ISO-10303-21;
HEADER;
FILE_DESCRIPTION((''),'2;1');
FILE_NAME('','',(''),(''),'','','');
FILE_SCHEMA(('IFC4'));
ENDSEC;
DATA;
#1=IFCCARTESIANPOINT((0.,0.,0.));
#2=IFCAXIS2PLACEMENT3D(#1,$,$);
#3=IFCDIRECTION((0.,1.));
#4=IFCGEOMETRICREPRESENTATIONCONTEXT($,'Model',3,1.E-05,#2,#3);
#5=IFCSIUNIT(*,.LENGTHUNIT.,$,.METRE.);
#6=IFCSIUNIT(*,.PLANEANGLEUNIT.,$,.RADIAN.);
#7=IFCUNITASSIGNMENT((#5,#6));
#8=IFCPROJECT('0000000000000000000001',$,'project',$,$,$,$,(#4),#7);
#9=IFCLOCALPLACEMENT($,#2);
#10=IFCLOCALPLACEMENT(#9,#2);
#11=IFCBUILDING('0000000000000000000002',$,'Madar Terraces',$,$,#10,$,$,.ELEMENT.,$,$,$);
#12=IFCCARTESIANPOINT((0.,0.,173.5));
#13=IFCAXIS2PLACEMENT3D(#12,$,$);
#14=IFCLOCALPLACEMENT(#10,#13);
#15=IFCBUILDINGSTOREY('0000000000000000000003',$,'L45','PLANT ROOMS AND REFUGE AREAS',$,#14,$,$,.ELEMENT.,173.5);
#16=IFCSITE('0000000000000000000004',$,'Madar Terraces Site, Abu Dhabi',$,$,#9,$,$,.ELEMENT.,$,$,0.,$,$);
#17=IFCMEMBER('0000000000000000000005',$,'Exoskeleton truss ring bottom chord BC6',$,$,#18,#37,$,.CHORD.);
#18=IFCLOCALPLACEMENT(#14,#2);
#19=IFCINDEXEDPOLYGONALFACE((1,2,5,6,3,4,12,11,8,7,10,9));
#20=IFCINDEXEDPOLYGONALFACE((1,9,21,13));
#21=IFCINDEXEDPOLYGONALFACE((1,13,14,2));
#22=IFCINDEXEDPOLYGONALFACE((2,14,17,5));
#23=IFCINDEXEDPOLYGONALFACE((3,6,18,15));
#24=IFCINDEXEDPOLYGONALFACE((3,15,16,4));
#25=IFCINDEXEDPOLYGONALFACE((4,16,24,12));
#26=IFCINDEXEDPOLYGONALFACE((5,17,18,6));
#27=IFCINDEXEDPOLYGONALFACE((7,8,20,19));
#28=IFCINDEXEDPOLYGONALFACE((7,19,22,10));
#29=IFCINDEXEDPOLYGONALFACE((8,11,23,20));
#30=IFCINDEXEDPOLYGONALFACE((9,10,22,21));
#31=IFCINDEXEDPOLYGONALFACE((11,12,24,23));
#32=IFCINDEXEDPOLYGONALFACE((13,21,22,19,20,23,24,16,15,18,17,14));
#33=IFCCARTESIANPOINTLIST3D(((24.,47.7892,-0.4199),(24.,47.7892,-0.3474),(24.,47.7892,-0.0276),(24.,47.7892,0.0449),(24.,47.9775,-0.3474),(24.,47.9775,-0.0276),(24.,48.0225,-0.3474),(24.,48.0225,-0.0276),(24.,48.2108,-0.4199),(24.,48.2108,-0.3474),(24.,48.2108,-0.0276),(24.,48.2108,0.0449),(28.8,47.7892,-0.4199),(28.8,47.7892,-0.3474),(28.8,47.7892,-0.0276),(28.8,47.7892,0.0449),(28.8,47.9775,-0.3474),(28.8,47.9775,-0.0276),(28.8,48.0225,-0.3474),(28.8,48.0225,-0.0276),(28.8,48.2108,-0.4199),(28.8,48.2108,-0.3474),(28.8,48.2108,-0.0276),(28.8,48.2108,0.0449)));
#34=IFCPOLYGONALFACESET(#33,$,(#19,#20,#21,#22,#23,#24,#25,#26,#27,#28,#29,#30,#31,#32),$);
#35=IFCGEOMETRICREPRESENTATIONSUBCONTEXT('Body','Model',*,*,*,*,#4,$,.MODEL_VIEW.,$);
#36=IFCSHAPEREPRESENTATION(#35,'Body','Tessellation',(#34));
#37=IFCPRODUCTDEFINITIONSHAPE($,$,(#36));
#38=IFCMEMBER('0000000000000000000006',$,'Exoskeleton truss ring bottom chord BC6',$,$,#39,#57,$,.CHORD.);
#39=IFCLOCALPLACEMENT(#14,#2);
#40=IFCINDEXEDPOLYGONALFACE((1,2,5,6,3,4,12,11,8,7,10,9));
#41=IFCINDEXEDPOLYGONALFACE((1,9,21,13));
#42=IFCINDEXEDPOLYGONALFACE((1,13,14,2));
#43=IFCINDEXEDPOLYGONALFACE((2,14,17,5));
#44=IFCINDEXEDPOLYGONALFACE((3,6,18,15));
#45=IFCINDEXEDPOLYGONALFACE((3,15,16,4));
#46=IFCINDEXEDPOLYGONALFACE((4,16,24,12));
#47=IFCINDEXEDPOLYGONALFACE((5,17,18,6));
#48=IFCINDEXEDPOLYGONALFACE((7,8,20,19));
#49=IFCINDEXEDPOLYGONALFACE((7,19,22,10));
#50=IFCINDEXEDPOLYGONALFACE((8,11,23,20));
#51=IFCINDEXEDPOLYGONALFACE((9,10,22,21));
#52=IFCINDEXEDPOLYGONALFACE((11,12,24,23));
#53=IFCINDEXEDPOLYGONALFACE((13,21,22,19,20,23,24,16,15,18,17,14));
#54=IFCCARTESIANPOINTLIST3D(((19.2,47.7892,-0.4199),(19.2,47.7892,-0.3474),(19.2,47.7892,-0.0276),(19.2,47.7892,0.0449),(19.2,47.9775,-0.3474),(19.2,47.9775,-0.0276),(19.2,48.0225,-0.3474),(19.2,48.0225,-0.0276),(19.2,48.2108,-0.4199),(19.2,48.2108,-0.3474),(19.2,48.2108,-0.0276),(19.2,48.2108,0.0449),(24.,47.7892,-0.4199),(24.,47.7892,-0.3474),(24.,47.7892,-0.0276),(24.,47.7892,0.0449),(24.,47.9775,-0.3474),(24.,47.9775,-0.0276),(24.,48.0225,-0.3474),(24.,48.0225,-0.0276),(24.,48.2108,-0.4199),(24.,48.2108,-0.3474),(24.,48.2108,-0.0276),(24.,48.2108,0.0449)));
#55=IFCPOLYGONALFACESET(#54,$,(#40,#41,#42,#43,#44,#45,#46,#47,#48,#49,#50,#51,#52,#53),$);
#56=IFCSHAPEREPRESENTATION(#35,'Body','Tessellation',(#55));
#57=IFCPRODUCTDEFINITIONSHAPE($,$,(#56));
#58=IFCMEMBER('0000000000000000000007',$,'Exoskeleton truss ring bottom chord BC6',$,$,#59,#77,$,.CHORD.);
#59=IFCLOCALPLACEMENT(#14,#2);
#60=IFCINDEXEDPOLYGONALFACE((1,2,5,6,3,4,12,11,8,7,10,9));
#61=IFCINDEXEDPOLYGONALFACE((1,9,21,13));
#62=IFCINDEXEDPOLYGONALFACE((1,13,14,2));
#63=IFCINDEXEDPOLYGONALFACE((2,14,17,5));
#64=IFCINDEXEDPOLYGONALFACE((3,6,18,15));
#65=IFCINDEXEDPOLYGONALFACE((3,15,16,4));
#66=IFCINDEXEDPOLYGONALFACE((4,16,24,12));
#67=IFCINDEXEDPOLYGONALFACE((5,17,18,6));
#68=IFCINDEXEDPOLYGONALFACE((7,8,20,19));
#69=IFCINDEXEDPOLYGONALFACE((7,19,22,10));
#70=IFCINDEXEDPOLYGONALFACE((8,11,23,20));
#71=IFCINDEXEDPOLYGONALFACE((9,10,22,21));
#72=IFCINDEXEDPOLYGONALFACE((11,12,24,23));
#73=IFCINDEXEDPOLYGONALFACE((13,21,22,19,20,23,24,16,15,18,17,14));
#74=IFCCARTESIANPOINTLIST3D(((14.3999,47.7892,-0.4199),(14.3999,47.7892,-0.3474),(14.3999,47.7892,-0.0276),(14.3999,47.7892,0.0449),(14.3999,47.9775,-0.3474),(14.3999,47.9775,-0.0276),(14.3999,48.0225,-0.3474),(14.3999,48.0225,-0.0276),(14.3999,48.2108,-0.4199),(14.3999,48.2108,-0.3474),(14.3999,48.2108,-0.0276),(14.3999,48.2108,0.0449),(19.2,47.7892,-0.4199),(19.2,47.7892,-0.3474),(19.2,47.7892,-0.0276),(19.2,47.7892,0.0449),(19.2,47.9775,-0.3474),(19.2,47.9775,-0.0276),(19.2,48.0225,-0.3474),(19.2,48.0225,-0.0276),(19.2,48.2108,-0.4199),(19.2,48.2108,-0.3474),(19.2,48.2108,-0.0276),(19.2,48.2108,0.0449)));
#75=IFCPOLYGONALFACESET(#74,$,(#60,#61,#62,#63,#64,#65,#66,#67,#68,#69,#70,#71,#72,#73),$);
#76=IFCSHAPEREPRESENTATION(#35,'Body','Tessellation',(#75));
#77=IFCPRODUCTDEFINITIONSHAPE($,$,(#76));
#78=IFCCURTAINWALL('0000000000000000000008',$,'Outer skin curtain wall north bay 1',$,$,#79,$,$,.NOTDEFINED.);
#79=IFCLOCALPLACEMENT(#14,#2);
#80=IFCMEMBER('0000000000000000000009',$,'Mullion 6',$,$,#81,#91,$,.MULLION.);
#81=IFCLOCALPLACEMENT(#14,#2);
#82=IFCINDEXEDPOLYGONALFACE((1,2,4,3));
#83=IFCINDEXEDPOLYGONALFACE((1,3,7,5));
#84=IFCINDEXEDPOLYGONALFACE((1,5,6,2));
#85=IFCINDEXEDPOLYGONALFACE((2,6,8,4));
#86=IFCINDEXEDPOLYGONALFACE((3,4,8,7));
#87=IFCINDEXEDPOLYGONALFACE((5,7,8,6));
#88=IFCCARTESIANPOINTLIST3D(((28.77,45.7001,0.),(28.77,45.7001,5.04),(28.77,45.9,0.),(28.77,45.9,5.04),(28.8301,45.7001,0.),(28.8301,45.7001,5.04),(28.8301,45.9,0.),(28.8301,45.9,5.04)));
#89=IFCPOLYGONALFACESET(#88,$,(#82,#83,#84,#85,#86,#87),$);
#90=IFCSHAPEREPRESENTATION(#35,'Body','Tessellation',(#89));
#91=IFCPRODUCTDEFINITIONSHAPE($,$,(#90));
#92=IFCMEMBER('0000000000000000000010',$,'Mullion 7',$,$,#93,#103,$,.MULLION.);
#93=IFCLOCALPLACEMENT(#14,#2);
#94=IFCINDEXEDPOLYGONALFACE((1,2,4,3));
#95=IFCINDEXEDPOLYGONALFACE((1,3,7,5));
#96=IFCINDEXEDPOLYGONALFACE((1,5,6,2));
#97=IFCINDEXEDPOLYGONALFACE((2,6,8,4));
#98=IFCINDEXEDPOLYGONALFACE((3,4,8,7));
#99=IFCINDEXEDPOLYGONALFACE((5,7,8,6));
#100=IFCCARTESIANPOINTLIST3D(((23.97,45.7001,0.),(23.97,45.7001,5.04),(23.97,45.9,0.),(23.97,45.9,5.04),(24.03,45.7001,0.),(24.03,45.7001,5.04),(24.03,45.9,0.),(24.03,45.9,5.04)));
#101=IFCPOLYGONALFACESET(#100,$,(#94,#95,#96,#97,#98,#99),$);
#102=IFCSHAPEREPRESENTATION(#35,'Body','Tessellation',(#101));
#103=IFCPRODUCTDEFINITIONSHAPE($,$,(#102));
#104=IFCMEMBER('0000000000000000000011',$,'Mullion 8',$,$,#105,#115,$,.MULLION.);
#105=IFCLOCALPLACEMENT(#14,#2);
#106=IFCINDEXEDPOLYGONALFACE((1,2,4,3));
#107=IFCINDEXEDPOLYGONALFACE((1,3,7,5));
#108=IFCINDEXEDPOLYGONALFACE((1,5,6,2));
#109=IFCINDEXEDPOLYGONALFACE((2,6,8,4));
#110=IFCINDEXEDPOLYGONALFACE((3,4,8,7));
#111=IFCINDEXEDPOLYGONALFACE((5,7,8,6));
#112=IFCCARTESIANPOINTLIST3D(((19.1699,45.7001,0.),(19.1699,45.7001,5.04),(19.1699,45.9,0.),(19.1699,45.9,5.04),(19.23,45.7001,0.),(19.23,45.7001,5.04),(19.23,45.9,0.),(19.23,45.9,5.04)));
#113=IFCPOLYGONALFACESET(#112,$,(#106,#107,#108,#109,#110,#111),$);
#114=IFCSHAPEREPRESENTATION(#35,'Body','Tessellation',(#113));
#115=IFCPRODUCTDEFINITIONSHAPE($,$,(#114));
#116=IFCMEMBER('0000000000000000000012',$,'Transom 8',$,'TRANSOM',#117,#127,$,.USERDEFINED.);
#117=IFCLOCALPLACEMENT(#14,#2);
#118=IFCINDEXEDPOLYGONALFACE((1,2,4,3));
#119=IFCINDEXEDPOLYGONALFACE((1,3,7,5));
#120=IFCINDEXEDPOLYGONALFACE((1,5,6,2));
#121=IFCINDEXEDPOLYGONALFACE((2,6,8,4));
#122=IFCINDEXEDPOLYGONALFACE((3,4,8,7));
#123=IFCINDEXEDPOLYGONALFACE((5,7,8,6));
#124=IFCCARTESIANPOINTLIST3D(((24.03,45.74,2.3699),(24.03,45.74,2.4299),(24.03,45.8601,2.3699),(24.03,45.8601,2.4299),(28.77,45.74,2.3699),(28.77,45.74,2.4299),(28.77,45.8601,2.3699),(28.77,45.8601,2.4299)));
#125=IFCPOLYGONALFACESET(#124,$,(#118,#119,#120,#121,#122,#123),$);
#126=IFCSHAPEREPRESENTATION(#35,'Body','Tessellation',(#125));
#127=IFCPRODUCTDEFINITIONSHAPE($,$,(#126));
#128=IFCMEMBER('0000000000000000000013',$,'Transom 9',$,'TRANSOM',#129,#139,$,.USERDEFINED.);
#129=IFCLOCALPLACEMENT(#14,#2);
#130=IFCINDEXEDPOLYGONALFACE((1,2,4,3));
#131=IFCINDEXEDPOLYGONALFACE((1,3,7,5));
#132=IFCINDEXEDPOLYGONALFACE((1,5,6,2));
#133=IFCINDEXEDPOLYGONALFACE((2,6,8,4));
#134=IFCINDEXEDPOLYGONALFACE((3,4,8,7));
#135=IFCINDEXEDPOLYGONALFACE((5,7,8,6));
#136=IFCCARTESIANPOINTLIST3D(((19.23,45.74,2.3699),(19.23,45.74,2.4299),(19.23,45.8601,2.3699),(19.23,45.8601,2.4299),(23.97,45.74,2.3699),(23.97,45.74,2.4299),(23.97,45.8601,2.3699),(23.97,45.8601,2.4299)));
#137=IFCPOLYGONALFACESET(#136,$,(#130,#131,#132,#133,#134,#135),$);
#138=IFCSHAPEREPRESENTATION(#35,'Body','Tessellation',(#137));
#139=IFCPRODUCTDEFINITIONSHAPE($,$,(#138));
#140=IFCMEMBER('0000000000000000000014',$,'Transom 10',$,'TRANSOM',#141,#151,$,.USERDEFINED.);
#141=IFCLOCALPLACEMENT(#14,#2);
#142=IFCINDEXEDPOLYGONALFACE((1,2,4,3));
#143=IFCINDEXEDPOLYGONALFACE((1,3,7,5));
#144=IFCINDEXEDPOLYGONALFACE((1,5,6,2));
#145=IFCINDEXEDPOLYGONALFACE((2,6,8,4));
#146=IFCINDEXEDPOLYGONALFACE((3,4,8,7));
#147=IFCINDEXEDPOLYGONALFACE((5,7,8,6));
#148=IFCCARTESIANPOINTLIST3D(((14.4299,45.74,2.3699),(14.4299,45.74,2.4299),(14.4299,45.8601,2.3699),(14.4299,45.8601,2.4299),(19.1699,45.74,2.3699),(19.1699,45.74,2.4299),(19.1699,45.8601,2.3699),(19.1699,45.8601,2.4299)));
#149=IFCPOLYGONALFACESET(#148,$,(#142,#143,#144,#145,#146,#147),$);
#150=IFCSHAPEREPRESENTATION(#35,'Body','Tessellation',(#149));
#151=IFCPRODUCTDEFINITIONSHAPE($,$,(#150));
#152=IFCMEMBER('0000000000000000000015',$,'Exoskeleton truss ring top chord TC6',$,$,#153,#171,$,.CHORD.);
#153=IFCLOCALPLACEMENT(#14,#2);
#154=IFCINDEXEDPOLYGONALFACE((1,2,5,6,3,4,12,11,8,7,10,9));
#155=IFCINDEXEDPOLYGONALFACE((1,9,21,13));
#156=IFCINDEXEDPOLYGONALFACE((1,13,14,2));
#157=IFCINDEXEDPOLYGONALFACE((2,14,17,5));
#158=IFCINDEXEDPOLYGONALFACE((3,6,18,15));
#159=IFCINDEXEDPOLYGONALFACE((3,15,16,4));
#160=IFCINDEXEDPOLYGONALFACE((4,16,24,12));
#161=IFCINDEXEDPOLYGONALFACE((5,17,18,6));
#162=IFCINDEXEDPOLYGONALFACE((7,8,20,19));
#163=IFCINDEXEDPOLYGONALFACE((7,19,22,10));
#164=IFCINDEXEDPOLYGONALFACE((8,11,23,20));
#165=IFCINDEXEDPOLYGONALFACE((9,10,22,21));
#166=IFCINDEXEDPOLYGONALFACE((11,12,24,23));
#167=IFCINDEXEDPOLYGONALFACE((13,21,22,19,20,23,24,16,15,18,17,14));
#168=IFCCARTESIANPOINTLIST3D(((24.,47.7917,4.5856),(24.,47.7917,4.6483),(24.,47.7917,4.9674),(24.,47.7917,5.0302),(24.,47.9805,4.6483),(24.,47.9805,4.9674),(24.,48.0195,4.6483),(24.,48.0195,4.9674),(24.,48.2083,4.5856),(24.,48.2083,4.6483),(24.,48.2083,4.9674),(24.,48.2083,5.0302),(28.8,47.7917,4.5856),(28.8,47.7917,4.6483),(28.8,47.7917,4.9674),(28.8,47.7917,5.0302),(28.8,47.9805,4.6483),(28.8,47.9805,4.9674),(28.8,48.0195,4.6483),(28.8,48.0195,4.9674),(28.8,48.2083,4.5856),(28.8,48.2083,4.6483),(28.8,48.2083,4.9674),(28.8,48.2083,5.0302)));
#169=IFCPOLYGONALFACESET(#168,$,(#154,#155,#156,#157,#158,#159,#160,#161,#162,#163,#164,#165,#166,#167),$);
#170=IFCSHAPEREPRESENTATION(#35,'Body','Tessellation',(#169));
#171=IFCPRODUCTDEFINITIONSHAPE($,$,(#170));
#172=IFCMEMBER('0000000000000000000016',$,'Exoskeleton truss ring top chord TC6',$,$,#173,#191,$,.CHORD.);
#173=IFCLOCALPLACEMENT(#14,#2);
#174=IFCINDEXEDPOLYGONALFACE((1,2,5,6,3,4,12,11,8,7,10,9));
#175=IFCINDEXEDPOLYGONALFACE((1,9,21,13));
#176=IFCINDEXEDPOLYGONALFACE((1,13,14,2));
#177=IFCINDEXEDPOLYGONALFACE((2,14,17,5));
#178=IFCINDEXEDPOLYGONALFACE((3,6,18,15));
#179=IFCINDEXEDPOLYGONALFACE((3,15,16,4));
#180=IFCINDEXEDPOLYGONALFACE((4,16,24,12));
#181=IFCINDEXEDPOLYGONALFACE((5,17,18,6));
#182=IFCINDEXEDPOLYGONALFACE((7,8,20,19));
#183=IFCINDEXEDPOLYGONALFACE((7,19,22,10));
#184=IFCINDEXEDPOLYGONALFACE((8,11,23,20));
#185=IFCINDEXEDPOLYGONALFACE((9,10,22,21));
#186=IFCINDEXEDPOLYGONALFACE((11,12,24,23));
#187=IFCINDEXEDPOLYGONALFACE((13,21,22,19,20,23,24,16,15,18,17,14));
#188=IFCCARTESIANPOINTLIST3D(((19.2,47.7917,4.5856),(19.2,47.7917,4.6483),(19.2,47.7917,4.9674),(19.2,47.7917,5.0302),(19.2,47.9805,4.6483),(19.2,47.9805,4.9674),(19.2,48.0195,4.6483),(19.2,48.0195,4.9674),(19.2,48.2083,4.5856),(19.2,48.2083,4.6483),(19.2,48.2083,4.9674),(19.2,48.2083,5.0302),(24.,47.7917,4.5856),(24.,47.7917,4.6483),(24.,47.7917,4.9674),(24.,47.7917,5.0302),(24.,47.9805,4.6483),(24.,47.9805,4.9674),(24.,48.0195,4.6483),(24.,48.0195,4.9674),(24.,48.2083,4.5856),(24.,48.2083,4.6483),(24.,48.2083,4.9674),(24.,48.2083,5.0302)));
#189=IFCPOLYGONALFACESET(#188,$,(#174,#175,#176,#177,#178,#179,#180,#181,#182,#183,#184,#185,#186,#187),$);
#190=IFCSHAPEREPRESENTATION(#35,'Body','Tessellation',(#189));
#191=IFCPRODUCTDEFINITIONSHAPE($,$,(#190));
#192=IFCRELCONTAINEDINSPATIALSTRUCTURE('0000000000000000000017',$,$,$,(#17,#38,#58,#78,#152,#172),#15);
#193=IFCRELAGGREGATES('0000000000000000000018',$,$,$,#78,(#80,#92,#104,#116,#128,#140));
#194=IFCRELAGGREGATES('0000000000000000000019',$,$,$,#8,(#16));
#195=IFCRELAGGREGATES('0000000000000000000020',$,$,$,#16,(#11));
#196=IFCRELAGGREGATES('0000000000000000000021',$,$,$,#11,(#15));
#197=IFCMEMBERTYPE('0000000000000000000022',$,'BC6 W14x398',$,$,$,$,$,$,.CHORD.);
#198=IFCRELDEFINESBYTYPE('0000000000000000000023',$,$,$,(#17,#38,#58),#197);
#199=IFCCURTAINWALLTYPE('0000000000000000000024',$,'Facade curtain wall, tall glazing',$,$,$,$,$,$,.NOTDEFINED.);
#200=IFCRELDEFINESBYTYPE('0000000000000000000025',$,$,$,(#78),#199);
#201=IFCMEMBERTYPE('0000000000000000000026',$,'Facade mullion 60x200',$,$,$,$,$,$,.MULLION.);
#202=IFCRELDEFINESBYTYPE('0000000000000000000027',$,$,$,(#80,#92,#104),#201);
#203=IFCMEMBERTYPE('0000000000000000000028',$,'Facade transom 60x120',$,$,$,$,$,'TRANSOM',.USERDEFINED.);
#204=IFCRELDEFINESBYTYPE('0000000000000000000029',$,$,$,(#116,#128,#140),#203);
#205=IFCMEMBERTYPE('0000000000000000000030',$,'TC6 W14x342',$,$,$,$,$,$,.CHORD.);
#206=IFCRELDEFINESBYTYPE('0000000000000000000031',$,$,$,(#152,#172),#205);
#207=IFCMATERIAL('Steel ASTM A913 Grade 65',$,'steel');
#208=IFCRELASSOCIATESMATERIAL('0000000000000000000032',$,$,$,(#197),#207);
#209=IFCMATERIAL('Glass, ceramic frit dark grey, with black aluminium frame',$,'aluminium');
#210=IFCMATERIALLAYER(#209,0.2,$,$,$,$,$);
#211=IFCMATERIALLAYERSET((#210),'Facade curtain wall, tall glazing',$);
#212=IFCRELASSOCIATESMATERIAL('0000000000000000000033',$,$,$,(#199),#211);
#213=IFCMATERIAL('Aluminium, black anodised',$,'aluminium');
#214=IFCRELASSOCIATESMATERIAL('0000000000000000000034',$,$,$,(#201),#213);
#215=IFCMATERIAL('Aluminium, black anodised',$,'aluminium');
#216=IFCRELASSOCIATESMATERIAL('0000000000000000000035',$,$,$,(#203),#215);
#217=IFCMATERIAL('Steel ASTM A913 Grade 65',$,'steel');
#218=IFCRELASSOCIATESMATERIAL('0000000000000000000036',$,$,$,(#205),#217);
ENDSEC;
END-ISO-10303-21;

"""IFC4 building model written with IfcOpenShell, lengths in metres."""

from ifc_helpers import new_model, si_unit, direction, frame, origin, origin_2d, place, context, subcontext, project, spatial, rectangle, i_section, extrude, material, layer, layer_set, material_profile, profile_set, type_object, element, aggregate, save


model = new_model("IFC4")

# Units and contexts
model_context = context("Model", 3, precision=1e-05, world=origin(), true_north=direction((0.0, 1.0)))
body_context = subcontext(model_context, "Body", "Model", "MODEL_VIEW")
ifc_project = project(units=[si_unit("LENGTHUNIT", "METRE"), si_unit("PLANEANGLEUNIT", "RADIAN")], contexts=[model_context])

# Site, building, storey
site_placement = place(None, origin())
site = spatial("IfcSite", under=ifc_project, at=site_placement, Name="Madar Terraces Site, Abu Dhabi", CompositionType="ELEMENT", RefElevation=0.0)
building_placement = place(site_placement, origin())
building = spatial("IfcBuilding", under=site, at=building_placement, Name="Madar Terraces", CompositionType="ELEMENT")
storey_placement = place(building_placement, frame((0.0, 0.0, 173.5)))
storey = spatial("IfcBuildingStorey", under=building, at=storey_placement, Name="L45", Description="PLANT ROOMS AND REFUGE AREAS", CompositionType="ELEMENT", Elevation=173.5)

# Members
ifc_material_1 = material(Name="Steel ASTM A913 Grade 65", Category="steel")
ifc_material_profile_1 = material_profile(ifc_material_1, i_section(OverallWidth=0.4216, OverallDepth=0.4648, WebThickness=0.0449, FlangeThickness=0.0725, at=origin_2d()), Name="W14x398")
ifc_profile_set_1 = profile_set([ifc_material_profile_1], Name="Steel ASTM A913 Grade 65")
member_type_1 = type_object("IfcMemberType", Name="BC6 W14x398", PredefinedType="CHORD", material=ifc_profile_set_1)
for number, where, z_axis, x_axis, name in (
    (1, (28.8, 48.0, -0.1875), (-1.0, 0.0, 0.0), (0.0, -1.0, 0.0), "Exoskeleton truss ring bottom chord BC6"),
    (2, (24.0, 48.0, -0.1875), (-1.0, 0.0, 0.0), (0.0, -1.0, 0.0), "Exoskeleton truss ring bottom chord BC6"),
    (3, (19.2, 48.0, -0.1875), (-1.0, 0.0, 0.0), (0.0, -1.0, 0.0), "Exoskeleton truss ring bottom chord BC6"),
):
    element("IfcMember", number, at=place(storey_placement, frame(where, z_axis=z_axis, x_axis=x_axis)), inside=storey, type_object=member_type_1, Name=name, PredefinedType="CHORD", context=body_context, shape_type="SweptSolid", body=[
        extrude(i_section(OverallWidth=0.4216, OverallDepth=0.4648, WebThickness=0.0449, FlangeThickness=0.0725, at=origin_2d()), origin(), (0.0, 0.0, 1.0), 4.8),
    ])

# Curtain wall, members
ifc_material_2 = material(Name="Glass, ceramic frit dark grey, with black aluminium frame", Category="aluminium")
ifc_layer_1 = layer(ifc_material_2, 0.2)
ifc_layer_set_1 = layer_set([ifc_layer_1], Name="Facade curtain wall, tall glazing")
curtain_wall_type = type_object("IfcCurtainWallType", Name="Facade curtain wall, tall glazing", PredefinedType="NOTDEFINED", material=ifc_layer_set_1)
curtain_wall_placement = place(storey_placement, origin())
curtain_wall = element("IfcCurtainWall", 4, at=curtain_wall_placement, inside=storey, type_object=curtain_wall_type, Name="Outer skin curtain wall north bay 1", PredefinedType="NOTDEFINED")
ifc_material_3 = material(Name="Aluminium, black anodised", Category="aluminium")
ifc_material_profile_2 = material_profile(ifc_material_3, rectangle(XDim=0.2, YDim=0.0601, at=origin_2d()), Name="Facade mullion 60x200")
ifc_profile_set_2 = profile_set([ifc_material_profile_2], Name="Aluminium, black anodised")
member_type_2 = type_object("IfcMemberType", Name="Facade mullion 60x200", PredefinedType="MULLION", material=ifc_profile_set_2)
member_1_placement = place(storey_placement, frame((28.8, 45.8, 0.0), z_axis=(0.0, 0.0, 1.0), x_axis=(0.0, -1.0, 0.0)))
member_1 = element("IfcMember", 5, at=member_1_placement, type_object=member_type_2, Name="Mullion 6", PredefinedType="MULLION", context=body_context, shape_type="SweptSolid", body=[
    extrude(rectangle(XDim=0.2, YDim=0.0601, at=origin_2d()), origin(), (0.0, 0.0, 1.0), 5.04),
])
member_2_placement = place(storey_placement, frame((24.0, 45.8, 0.0), z_axis=(0.0, 0.0, 1.0), x_axis=(0.0, -1.0, 0.0)))
member_2 = element("IfcMember", 6, at=member_2_placement, type_object=member_type_2, Name="Mullion 7", PredefinedType="MULLION", context=body_context, shape_type="SweptSolid", body=[
    extrude(rectangle(XDim=0.2, YDim=0.0601, at=origin_2d()), origin(), (0.0, 0.0, 1.0), 5.04),
])
member_3_placement = place(storey_placement, frame((19.2, 45.8, 0.0), z_axis=(0.0, 0.0, 1.0), x_axis=(0.0, -1.0, 0.0)))
member_3 = element("IfcMember", 7, at=member_3_placement, type_object=member_type_2, Name="Mullion 8", PredefinedType="MULLION", context=body_context, shape_type="SweptSolid", body=[
    extrude(rectangle(XDim=0.2, YDim=0.0601, at=origin_2d()), origin(), (0.0, 0.0, 1.0), 5.04),
])
ifc_material_4 = material(Name="Aluminium, black anodised", Category="aluminium")
ifc_material_profile_3 = material_profile(ifc_material_4, rectangle(XDim=0.1201, YDim=0.0601, at=origin_2d()), Name="Facade transom 60x120")
ifc_profile_set_3 = profile_set([ifc_material_profile_3], Name="Aluminium, black anodised")
member_type_3 = type_object("IfcMemberType", Name="Facade transom 60x120", ElementType="TRANSOM", PredefinedType="USERDEFINED", material=ifc_profile_set_3)
member_4_placement = place(storey_placement, frame((28.77, 45.8, 2.3999), z_axis=(-1.0, 0.0, 0.0), x_axis=(0.0, -1.0, 0.0)))
member_4 = element("IfcMember", 8, at=member_4_placement, type_object=member_type_3, Name="Transom 8", ObjectType="TRANSOM", PredefinedType="USERDEFINED", context=body_context, shape_type="SweptSolid", body=[
    extrude(rectangle(XDim=0.1201, YDim=0.0601, at=origin_2d()), origin(), (0.0, 0.0, 1.0), 4.74),
])
member_5_placement = place(storey_placement, frame((23.97, 45.8, 2.3999), z_axis=(-1.0, 0.0, 0.0), x_axis=(0.0, -1.0, 0.0)))
member_5 = element("IfcMember", 9, at=member_5_placement, type_object=member_type_3, Name="Transom 9", ObjectType="TRANSOM", PredefinedType="USERDEFINED", context=body_context, shape_type="SweptSolid", body=[
    extrude(rectangle(XDim=0.1201, YDim=0.0601, at=origin_2d()), origin(), (0.0, 0.0, 1.0), 4.74),
])
member_6_placement = place(storey_placement, frame((19.1699, 45.8, 2.3999), z_axis=(-1.0, 0.0, 0.0), x_axis=(0.0, -1.0, 0.0)))
member_6 = element("IfcMember", 10, at=member_6_placement, type_object=member_type_3, Name="Transom 10", ObjectType="TRANSOM", PredefinedType="USERDEFINED", context=body_context, shape_type="SweptSolid", body=[
    extrude(rectangle(XDim=0.1201, YDim=0.0601, at=origin_2d()), origin(), (0.0, 0.0, 1.0), 4.74),
])

# Members
ifc_material_5 = material(Name="Steel ASTM A913 Grade 65", Category="steel")
ifc_material_profile_4 = material_profile(ifc_material_5, i_section(OverallWidth=0.4165, OverallDepth=0.4446, WebThickness=0.0391, FlangeThickness=0.0627, at=origin_2d()), Name="W14x342")
ifc_profile_set_4 = profile_set([ifc_material_profile_4], Name="Steel ASTM A913 Grade 65")
member_type_4 = type_object("IfcMemberType", Name="TC6 W14x342", PredefinedType="CHORD", material=ifc_profile_set_4)
for number, where, z_axis, x_axis, name in (
    (11, (28.8, 48.0, 4.8079), (-1.0, 0.0, 0.0), (0.0, -1.0, 0.0), "Exoskeleton truss ring top chord TC6"),
    (12, (24.0, 48.0, 4.8079), (-1.0, 0.0, 0.0), (0.0, -1.0, 0.0), "Exoskeleton truss ring top chord TC6"),
):
    element("IfcMember", number, at=place(storey_placement, frame(where, z_axis=z_axis, x_axis=x_axis)), inside=storey, type_object=member_type_4, Name=name, PredefinedType="CHORD", context=body_context, shape_type="SweptSolid", body=[
        extrude(i_section(OverallWidth=0.4165, OverallDepth=0.4446, WebThickness=0.0391, FlangeThickness=0.0627, at=origin_2d()), origin(), (0.0, 0.0, 1.0), 4.8),
    ])

aggregate(curtain_wall, [member_1, member_2, member_3, member_4, member_5, member_6])

save(model, "model.ifc")
